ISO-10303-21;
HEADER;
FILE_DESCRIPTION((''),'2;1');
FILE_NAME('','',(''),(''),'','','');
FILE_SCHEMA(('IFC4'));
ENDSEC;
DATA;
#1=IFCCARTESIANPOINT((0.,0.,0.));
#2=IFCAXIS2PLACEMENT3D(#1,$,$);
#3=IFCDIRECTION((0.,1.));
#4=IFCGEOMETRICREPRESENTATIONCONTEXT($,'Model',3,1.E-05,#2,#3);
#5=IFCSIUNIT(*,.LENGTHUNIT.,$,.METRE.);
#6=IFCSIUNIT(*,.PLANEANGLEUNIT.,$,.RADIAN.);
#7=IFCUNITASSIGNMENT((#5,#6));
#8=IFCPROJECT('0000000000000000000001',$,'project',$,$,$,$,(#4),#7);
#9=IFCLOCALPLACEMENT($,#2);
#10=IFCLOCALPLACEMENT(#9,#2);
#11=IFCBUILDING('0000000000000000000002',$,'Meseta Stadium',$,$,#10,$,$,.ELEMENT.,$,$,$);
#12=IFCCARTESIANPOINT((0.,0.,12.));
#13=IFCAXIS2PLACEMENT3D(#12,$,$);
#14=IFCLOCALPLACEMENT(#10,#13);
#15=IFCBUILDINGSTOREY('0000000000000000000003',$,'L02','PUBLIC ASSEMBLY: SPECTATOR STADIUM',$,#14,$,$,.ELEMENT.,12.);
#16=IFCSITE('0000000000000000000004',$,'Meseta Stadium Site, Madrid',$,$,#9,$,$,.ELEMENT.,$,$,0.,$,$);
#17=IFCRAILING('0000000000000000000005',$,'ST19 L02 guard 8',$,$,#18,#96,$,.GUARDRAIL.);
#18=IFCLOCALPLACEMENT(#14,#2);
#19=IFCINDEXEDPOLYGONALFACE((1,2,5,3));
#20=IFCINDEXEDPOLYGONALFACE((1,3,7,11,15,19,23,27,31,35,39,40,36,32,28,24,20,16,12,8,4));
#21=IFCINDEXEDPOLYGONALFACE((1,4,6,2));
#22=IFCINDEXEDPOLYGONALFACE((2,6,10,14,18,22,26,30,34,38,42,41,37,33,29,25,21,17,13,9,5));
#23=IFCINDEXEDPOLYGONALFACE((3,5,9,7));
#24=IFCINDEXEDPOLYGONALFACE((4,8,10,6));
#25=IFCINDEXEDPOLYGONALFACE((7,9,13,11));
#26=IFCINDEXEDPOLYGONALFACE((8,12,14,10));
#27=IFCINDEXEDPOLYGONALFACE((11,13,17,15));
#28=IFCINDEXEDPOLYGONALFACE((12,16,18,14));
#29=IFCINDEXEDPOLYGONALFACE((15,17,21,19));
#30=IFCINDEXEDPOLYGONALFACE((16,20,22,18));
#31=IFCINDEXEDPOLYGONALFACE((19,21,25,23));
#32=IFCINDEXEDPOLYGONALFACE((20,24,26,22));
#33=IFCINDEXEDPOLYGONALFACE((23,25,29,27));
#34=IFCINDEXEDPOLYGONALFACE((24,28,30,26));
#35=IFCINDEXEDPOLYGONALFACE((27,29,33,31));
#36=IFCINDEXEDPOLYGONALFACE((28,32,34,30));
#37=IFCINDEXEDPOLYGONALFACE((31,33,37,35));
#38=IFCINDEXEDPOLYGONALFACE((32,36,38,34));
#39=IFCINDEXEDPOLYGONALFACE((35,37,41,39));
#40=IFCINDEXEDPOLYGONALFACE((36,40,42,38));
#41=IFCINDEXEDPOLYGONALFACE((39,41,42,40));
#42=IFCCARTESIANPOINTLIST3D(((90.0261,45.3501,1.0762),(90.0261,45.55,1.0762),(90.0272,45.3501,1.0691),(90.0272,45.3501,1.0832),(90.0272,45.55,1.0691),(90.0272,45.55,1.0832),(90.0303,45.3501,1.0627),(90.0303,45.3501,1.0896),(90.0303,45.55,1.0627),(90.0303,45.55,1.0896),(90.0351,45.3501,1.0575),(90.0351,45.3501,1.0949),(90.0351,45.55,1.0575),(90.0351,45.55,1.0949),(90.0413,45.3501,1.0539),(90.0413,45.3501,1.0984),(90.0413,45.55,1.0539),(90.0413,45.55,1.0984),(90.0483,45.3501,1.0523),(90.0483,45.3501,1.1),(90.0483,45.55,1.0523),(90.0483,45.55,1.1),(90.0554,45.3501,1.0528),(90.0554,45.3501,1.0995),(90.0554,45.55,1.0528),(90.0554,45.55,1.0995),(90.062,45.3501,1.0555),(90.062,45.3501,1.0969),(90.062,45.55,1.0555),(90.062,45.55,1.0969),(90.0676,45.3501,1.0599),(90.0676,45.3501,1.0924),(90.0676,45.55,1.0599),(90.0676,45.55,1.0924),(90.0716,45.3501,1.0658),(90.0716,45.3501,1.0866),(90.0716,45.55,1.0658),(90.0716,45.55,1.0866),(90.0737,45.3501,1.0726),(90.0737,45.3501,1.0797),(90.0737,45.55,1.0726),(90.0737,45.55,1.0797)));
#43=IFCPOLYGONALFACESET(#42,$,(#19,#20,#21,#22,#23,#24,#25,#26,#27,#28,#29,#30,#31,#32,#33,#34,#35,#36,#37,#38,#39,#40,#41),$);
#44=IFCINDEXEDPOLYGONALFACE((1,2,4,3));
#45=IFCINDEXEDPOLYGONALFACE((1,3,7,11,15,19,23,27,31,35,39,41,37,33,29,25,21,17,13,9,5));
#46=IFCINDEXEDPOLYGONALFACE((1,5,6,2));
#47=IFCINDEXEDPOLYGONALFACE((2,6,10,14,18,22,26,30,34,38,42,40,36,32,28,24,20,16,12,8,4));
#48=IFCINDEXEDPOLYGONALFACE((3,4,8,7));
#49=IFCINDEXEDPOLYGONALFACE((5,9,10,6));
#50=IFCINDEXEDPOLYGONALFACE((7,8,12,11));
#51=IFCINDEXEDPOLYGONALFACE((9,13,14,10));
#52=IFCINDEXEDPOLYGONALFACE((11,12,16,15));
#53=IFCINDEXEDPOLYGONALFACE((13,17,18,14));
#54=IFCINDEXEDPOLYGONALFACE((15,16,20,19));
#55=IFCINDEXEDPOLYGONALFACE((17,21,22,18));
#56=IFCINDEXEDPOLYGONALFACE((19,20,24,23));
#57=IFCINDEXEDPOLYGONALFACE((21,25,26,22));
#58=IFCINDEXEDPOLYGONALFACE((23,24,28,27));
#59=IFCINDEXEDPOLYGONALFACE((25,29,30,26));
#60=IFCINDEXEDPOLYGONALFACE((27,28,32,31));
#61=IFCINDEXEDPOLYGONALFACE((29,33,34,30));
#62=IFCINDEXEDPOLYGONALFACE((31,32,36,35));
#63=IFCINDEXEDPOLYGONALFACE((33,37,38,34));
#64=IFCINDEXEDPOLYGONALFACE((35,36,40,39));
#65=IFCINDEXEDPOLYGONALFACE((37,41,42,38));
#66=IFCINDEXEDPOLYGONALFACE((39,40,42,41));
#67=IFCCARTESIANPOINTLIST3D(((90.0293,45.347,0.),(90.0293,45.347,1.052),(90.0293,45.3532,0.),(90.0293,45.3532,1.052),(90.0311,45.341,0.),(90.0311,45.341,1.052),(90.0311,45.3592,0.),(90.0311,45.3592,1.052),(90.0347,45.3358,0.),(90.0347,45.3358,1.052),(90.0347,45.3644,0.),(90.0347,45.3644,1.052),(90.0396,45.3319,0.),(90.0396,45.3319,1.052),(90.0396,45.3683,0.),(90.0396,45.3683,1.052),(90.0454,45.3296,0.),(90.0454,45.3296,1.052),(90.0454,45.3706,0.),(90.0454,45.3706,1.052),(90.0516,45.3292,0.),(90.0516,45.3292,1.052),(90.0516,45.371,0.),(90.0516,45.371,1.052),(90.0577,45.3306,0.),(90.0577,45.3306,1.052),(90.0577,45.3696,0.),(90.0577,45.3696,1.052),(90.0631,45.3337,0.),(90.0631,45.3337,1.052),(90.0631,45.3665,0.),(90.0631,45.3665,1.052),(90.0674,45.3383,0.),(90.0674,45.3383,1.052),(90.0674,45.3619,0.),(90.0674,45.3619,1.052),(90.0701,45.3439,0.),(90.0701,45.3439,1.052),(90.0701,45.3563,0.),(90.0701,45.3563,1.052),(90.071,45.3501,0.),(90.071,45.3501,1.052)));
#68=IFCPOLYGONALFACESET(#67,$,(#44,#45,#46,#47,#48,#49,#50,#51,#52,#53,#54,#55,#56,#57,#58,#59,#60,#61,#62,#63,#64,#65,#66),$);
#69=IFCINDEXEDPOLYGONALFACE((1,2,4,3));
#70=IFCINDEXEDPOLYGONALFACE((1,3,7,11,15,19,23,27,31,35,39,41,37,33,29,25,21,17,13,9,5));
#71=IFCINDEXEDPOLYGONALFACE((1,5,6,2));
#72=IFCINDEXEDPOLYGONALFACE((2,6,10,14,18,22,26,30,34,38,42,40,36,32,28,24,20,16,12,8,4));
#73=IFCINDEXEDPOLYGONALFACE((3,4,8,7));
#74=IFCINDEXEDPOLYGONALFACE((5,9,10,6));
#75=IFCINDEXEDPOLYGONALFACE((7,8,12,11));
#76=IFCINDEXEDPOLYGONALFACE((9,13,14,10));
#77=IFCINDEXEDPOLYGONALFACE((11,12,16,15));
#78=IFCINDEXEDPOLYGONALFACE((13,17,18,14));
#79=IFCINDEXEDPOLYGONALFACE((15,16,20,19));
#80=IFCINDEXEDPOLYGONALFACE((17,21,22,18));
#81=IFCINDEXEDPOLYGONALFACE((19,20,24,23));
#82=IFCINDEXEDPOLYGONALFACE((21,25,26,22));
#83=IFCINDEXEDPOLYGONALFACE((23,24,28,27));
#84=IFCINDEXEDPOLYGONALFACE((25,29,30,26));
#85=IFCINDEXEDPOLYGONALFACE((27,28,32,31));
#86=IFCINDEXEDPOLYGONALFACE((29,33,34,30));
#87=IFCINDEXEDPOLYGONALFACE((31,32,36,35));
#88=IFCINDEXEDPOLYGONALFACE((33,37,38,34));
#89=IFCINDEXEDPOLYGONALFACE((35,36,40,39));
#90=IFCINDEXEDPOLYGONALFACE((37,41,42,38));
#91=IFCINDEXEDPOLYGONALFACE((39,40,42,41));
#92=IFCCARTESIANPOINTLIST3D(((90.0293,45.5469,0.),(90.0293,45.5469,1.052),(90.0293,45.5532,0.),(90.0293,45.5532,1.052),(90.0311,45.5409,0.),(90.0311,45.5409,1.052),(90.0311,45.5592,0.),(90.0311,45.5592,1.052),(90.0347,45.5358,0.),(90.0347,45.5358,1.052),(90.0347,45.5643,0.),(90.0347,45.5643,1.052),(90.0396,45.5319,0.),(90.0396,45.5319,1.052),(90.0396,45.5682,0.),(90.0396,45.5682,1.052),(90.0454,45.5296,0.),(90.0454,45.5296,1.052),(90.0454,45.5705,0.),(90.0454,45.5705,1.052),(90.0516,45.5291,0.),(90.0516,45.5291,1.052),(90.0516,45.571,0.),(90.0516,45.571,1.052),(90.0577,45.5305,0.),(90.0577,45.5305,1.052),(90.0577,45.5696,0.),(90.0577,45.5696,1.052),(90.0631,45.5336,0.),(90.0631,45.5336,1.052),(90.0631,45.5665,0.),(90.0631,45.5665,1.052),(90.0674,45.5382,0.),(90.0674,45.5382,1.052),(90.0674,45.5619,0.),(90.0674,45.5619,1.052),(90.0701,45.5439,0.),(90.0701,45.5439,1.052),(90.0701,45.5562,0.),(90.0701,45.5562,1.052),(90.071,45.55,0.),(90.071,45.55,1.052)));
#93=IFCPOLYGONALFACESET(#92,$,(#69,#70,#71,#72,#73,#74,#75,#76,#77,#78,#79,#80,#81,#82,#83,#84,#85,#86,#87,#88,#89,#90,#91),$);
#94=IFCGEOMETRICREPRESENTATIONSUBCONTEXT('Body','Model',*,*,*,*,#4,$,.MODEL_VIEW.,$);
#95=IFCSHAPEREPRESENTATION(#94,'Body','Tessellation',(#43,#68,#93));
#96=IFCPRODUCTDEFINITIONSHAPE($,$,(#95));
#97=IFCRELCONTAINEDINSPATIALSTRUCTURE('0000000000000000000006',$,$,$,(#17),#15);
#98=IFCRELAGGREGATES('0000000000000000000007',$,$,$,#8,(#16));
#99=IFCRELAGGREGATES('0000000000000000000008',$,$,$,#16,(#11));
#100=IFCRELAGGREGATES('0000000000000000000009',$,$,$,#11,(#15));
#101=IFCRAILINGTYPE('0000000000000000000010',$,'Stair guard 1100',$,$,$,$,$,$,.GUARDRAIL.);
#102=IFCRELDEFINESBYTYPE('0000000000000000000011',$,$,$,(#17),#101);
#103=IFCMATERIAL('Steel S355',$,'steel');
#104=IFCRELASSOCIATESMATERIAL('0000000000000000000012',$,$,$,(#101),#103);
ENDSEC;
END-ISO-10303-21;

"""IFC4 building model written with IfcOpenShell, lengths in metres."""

from ifc_helpers import new_model, si_unit, direction, frame, origin, origin_2d, place, context, subcontext, project, spatial, circle, extrude, material, type_object, element, save


model = new_model("IFC4")

# Units and contexts
model_context = context("Model", 3, precision=1e-05, world=origin(), true_north=direction((0.0, 1.0)))
body_context = subcontext(model_context, "Body", "Model", "MODEL_VIEW")
ifc_project = project(units=[si_unit("LENGTHUNIT", "METRE"), si_unit("PLANEANGLEUNIT", "RADIAN")], contexts=[model_context])

# Site, building, storey
site_placement = place(None, origin())
site = spatial("IfcSite", under=ifc_project, at=site_placement, Name="Meseta Stadium Site, Madrid", CompositionType="ELEMENT", RefElevation=0.0)
building_placement = place(site_placement, origin())
building = spatial("IfcBuilding", under=site, at=building_placement, Name="Meseta Stadium", CompositionType="ELEMENT")
storey_placement = place(building_placement, frame((0.0, 0.0, 12.0)))
storey = spatial("IfcBuildingStorey", under=building, at=storey_placement, Name="L02", Description="PUBLIC ASSEMBLY: SPECTATOR STADIUM", CompositionType="ELEMENT", Elevation=12.0)

# Railing
ifc_material_1 = material(Name="Steel S355", Category="steel")
railing_type_1 = type_object("IfcRailingType", Name="Stair guard 1100", PredefinedType="GUARDRAIL", material=ifc_material_1)
railing_1_placement = place(storey_placement, frame((90.05, 45.3501, 0.0)))
element("IfcRailing", 1, at=railing_1_placement, inside=storey, type_object=railing_type_1, Name="ST19 L02 guard 8", PredefinedType="GUARDRAIL", context=body_context, shape_type="SweptSolid", body=[
    extrude(circle(Radius=0.0239, at=origin_2d()), frame((0.0, 0.0, 1.0762), z_axis=(0.0, 1.0, 0.0), x_axis=(-1.0, 0.0, 0.0)), (0.0, 0.0, 1.0), 0.2),
    extrude(circle(Radius=0.021, at=origin_2d()), origin(), (0.0, 0.0, 1.0), 1.052),
    extrude(circle(Radius=0.021, at=origin_2d()), frame((0.0, 0.2, 0.0)), (0.0, 0.0, 1.0), 1.052),
])

save(model, "model.ifc")
